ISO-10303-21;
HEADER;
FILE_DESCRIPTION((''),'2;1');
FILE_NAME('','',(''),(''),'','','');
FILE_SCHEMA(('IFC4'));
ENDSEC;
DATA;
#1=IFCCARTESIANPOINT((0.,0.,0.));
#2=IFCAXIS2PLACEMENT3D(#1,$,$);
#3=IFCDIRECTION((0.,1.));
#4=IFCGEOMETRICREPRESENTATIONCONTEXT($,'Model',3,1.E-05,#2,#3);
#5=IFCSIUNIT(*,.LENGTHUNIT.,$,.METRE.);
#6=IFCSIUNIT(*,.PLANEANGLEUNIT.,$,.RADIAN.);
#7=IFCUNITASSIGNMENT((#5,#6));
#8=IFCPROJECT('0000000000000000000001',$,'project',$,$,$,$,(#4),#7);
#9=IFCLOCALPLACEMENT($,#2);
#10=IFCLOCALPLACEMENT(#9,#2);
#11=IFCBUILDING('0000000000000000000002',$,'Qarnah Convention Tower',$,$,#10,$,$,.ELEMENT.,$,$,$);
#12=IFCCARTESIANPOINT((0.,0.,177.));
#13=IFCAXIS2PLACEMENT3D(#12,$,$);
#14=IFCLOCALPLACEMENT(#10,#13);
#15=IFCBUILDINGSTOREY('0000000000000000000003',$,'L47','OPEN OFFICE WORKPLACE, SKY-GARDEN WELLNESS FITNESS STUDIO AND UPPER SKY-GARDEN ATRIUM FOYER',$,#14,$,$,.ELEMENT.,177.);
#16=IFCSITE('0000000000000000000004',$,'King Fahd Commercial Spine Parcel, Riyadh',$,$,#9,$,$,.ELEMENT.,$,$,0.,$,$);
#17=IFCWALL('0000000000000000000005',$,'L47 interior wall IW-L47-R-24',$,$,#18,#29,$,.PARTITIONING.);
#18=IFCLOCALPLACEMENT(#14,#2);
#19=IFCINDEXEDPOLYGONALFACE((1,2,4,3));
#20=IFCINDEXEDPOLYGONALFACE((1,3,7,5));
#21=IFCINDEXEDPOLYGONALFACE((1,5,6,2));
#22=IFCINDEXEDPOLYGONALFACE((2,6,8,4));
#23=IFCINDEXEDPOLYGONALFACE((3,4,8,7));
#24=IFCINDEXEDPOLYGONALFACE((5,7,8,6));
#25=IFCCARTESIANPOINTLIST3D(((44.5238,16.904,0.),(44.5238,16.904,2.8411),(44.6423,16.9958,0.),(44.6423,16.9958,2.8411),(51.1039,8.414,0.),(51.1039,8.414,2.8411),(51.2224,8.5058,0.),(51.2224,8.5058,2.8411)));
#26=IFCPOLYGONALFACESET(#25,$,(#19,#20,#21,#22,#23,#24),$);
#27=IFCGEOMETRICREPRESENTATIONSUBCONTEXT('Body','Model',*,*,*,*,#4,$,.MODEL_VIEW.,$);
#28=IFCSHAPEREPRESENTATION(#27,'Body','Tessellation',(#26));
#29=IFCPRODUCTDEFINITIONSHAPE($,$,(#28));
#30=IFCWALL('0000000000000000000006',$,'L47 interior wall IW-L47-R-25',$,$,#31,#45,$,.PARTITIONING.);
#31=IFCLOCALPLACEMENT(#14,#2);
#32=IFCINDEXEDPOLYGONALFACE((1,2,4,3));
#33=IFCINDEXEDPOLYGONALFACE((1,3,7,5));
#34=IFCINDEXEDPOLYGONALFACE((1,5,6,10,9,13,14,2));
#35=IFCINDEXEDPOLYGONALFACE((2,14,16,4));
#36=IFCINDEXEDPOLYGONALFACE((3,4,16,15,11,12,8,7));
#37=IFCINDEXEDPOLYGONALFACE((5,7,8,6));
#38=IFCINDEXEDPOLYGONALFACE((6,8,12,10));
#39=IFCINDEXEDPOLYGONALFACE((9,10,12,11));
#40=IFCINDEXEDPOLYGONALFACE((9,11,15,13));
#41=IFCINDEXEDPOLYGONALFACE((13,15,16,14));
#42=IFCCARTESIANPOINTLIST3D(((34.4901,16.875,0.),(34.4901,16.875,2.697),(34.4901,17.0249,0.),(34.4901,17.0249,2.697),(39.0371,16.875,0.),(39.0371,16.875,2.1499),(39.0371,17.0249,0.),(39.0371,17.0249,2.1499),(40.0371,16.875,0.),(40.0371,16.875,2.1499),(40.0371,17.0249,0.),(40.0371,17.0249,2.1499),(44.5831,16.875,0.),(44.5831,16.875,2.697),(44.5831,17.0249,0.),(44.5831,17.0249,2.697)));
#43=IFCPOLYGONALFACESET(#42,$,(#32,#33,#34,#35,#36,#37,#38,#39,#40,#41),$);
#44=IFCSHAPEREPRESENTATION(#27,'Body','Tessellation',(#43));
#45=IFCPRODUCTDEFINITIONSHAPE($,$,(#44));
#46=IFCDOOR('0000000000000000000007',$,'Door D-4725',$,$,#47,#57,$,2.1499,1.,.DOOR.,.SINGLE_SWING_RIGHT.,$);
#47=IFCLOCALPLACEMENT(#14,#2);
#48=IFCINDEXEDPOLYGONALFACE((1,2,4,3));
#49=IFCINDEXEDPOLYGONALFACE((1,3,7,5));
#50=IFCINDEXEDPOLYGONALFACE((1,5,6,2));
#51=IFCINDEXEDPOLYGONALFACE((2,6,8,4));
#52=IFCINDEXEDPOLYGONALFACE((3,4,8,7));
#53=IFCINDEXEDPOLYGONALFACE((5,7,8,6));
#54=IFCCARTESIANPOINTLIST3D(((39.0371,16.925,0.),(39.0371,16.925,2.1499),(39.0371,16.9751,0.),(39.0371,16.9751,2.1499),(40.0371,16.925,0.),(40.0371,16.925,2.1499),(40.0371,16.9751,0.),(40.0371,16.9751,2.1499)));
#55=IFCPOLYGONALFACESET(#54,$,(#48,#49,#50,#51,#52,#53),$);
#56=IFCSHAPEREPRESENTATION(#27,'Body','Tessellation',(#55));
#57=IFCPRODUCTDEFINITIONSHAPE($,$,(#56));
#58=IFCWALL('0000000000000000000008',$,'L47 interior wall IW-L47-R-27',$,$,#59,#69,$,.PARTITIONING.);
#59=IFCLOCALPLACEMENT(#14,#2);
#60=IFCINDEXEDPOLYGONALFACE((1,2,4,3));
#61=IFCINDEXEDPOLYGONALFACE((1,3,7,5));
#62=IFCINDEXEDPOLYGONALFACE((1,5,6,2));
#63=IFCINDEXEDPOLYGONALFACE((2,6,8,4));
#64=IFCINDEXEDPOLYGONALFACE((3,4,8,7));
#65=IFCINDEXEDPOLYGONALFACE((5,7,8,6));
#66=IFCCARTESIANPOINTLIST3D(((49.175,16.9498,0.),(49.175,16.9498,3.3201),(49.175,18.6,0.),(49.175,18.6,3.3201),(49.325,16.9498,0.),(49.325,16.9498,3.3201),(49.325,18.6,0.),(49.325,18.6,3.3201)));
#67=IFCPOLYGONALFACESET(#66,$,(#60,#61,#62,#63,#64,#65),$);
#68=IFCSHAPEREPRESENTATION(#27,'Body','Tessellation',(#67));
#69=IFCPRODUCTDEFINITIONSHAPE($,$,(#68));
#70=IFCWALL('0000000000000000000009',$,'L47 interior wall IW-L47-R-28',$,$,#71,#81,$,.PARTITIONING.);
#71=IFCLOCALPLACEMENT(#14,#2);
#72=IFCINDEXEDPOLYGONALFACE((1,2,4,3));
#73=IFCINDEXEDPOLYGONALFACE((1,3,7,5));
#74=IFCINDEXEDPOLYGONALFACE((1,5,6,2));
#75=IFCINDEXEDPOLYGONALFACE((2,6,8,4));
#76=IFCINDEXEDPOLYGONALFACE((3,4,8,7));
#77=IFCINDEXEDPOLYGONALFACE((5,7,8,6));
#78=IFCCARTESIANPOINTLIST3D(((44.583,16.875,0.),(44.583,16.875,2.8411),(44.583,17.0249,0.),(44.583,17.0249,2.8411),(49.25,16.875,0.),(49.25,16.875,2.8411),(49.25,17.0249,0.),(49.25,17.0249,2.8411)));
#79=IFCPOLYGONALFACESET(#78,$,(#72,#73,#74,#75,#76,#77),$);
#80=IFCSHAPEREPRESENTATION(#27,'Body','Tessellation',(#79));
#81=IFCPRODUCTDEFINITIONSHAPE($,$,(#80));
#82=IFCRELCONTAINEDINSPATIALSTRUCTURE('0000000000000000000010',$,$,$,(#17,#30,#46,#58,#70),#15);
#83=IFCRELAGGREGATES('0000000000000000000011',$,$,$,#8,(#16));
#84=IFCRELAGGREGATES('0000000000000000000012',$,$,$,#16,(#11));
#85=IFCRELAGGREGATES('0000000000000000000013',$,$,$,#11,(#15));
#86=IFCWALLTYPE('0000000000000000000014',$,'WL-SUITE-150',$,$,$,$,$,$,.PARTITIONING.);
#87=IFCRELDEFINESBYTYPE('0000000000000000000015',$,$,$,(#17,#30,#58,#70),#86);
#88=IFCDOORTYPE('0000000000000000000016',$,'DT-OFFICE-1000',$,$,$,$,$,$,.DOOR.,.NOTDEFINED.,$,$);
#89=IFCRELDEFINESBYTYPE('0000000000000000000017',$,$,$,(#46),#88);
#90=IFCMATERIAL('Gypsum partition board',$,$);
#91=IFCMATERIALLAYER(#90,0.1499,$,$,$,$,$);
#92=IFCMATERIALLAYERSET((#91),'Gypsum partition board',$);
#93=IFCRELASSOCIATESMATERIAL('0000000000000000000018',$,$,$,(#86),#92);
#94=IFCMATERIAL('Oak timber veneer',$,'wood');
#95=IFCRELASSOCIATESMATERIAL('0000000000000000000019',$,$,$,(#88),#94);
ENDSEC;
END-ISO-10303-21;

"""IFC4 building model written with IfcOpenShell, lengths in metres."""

from ifc_helpers import new_model, si_unit, direction, frame, frame_2d, origin, place, context, subcontext, project, spatial, rectangle, extrude, material, layer, layer_set, type_object, element, fill, save


model = new_model("IFC4")

# Units and contexts
model_context = context("Model", 3, precision=1e-05, world=origin(), true_north=direction((0.0, 1.0)))
body_context = subcontext(model_context, "Body", "Model", "MODEL_VIEW")
ifc_project = project(units=[si_unit("LENGTHUNIT", "METRE"), si_unit("PLANEANGLEUNIT", "RADIAN")], contexts=[model_context])

# Site, building, storey
site_placement = place(None, origin())
site = spatial("IfcSite", under=ifc_project, at=site_placement, Name="King Fahd Commercial Spine Parcel, Riyadh", CompositionType="ELEMENT", RefElevation=0.0)
building_placement = place(site_placement, origin())
building = spatial("IfcBuilding", under=site, at=building_placement, Name="Qarnah Convention Tower", CompositionType="ELEMENT")
storey_placement = place(building_placement, frame((0.0, 0.0, 177.0)))
storey = spatial("IfcBuildingStorey", under=building, at=storey_placement, Name="L47", Description="OPEN OFFICE WORKPLACE, SKY-GARDEN WELLNESS FITNESS STUDIO AND UPPER SKY-GARDEN ATRIUM FOYER", CompositionType="ELEMENT", Elevation=177.0)

# Wall
ifc_material_1 = material(Name="Gypsum partition board")
ifc_layer_1 = layer(ifc_material_1, 0.1499)
ifc_layer_set_1 = layer_set([ifc_layer_1], Name="Gypsum partition board")
wall_type_1 = type_object("IfcWallType", Name="WL-SUITE-150", PredefinedType="PARTITIONING", material=ifc_layer_set_1)
wall_1_placement = place(storey_placement, frame((51.1631, 8.46, 0.0), z_axis=(0.0, 0.0, 1.0), x_axis=(-0.612591, 0.7904, 0.0)))
element("IfcWall", 1, at=wall_1_placement, inside=storey, type_object=wall_type_1, Name="L47 interior wall IW-L47-R-24", PredefinedType="PARTITIONING", context=body_context, shape_type="SweptSolid", body=[
    extrude(rectangle(XDim=10.7415, YDim=0.1499, at=frame_2d((5.3706, 0.0))), origin(), (0.0, 0.0, 1.0), 2.8411),
])

# Wall, opening, door
wall_2_placement = place(storey_placement, frame((44.583, 16.95, 0.0), z_axis=(0.0, 0.0, 1.0), x_axis=(-1.0, 0.0, 0.0)))
wall_2 = element("IfcWall", 2, at=wall_2_placement, inside=storey, type_object=wall_type_1, Name="L47 interior wall IW-L47-R-25", PredefinedType="PARTITIONING", context=body_context, shape_type="SweptSolid", body=[
    extrude(rectangle(XDim=10.093, YDim=0.1499, at=frame_2d((5.0464, 0.0))), origin(), (0.0, 0.0, 1.0), 2.697),
])
opening_1_placement = place(wall_2_placement, frame((4.5459, 0.0, 0.0)))
opening_1 = element("IfcOpeningElement", 3, at=opening_1_placement, cuts=wall_2, PredefinedType="OPENING", context=body_context, shape_type="SweptSolid", body=[
    extrude(rectangle(XDim=1.0, YDim=2.1499, at=frame_2d((0.5, 1.075))), frame((0.0, 0.085, 0.0), z_axis=(0.0, -1.0, 0.0), x_axis=(1.0, 0.0, 0.0)), (0.0, 0.0, 1.0), 0.1699),
])
ifc_material_2 = material(Name="Oak timber veneer", Category="wood")
door_type_1 = type_object("IfcDoorType", Name="DT-OFFICE-1000", OperationType="NOTDEFINED", PredefinedType="DOOR", material=ifc_material_2)
door_1_placement = place(opening_1_placement, origin())
door_1 = element("IfcDoor", 4, at=door_1_placement, inside=storey, type_object=door_type_1, Name="Door D-4725", OperationType="SINGLE_SWING_RIGHT", OverallHeight=2.1499, OverallWidth=1.0, PredefinedType="DOOR", context=body_context, shape_type="SweptSolid", body=[
    extrude(rectangle(XDim=1.0, YDim=2.1499, at=frame_2d((0.5, 1.075))), frame((0.0, 0.0249, 0.0), z_axis=(0.0, -1.0, 0.0), x_axis=(1.0, 0.0, 0.0)), (0.0, 0.0, 1.0), 0.05),
])
fill(opening_1, door_1)

# Walls
wall_3_placement = place(storey_placement, frame((49.25, 18.6001, 0.0), z_axis=(0.0, 0.0, 1.0), x_axis=(0.0, -1.0, 0.0)))
element("IfcWall", 5, at=wall_3_placement, inside=storey, type_object=wall_type_1, Name="L47 interior wall IW-L47-R-27", PredefinedType="PARTITIONING", context=body_context, shape_type="SweptSolid", body=[
    extrude(rectangle(XDim=1.6501, YDim=0.1499, at=frame_2d((0.8252, 0.0))), origin(), (0.0, 0.0, 1.0), 3.3201),
])
wall_4_placement = place(storey_placement, frame((49.25, 16.95, 0.0), z_axis=(0.0, 0.0, 1.0), x_axis=(-1.0, 0.0, 0.0)))
element("IfcWall", 6, at=wall_4_placement, inside=storey, type_object=wall_type_1, Name="L47 interior wall IW-L47-R-28", PredefinedType="PARTITIONING", context=body_context, shape_type="SweptSolid", body=[
    extrude(rectangle(XDim=4.667, YDim=0.1499, at=frame_2d((2.3335, 0.0))), origin(), (0.0, 0.0, 1.0), 2.8411),
])

save(model, "model.ifc")
